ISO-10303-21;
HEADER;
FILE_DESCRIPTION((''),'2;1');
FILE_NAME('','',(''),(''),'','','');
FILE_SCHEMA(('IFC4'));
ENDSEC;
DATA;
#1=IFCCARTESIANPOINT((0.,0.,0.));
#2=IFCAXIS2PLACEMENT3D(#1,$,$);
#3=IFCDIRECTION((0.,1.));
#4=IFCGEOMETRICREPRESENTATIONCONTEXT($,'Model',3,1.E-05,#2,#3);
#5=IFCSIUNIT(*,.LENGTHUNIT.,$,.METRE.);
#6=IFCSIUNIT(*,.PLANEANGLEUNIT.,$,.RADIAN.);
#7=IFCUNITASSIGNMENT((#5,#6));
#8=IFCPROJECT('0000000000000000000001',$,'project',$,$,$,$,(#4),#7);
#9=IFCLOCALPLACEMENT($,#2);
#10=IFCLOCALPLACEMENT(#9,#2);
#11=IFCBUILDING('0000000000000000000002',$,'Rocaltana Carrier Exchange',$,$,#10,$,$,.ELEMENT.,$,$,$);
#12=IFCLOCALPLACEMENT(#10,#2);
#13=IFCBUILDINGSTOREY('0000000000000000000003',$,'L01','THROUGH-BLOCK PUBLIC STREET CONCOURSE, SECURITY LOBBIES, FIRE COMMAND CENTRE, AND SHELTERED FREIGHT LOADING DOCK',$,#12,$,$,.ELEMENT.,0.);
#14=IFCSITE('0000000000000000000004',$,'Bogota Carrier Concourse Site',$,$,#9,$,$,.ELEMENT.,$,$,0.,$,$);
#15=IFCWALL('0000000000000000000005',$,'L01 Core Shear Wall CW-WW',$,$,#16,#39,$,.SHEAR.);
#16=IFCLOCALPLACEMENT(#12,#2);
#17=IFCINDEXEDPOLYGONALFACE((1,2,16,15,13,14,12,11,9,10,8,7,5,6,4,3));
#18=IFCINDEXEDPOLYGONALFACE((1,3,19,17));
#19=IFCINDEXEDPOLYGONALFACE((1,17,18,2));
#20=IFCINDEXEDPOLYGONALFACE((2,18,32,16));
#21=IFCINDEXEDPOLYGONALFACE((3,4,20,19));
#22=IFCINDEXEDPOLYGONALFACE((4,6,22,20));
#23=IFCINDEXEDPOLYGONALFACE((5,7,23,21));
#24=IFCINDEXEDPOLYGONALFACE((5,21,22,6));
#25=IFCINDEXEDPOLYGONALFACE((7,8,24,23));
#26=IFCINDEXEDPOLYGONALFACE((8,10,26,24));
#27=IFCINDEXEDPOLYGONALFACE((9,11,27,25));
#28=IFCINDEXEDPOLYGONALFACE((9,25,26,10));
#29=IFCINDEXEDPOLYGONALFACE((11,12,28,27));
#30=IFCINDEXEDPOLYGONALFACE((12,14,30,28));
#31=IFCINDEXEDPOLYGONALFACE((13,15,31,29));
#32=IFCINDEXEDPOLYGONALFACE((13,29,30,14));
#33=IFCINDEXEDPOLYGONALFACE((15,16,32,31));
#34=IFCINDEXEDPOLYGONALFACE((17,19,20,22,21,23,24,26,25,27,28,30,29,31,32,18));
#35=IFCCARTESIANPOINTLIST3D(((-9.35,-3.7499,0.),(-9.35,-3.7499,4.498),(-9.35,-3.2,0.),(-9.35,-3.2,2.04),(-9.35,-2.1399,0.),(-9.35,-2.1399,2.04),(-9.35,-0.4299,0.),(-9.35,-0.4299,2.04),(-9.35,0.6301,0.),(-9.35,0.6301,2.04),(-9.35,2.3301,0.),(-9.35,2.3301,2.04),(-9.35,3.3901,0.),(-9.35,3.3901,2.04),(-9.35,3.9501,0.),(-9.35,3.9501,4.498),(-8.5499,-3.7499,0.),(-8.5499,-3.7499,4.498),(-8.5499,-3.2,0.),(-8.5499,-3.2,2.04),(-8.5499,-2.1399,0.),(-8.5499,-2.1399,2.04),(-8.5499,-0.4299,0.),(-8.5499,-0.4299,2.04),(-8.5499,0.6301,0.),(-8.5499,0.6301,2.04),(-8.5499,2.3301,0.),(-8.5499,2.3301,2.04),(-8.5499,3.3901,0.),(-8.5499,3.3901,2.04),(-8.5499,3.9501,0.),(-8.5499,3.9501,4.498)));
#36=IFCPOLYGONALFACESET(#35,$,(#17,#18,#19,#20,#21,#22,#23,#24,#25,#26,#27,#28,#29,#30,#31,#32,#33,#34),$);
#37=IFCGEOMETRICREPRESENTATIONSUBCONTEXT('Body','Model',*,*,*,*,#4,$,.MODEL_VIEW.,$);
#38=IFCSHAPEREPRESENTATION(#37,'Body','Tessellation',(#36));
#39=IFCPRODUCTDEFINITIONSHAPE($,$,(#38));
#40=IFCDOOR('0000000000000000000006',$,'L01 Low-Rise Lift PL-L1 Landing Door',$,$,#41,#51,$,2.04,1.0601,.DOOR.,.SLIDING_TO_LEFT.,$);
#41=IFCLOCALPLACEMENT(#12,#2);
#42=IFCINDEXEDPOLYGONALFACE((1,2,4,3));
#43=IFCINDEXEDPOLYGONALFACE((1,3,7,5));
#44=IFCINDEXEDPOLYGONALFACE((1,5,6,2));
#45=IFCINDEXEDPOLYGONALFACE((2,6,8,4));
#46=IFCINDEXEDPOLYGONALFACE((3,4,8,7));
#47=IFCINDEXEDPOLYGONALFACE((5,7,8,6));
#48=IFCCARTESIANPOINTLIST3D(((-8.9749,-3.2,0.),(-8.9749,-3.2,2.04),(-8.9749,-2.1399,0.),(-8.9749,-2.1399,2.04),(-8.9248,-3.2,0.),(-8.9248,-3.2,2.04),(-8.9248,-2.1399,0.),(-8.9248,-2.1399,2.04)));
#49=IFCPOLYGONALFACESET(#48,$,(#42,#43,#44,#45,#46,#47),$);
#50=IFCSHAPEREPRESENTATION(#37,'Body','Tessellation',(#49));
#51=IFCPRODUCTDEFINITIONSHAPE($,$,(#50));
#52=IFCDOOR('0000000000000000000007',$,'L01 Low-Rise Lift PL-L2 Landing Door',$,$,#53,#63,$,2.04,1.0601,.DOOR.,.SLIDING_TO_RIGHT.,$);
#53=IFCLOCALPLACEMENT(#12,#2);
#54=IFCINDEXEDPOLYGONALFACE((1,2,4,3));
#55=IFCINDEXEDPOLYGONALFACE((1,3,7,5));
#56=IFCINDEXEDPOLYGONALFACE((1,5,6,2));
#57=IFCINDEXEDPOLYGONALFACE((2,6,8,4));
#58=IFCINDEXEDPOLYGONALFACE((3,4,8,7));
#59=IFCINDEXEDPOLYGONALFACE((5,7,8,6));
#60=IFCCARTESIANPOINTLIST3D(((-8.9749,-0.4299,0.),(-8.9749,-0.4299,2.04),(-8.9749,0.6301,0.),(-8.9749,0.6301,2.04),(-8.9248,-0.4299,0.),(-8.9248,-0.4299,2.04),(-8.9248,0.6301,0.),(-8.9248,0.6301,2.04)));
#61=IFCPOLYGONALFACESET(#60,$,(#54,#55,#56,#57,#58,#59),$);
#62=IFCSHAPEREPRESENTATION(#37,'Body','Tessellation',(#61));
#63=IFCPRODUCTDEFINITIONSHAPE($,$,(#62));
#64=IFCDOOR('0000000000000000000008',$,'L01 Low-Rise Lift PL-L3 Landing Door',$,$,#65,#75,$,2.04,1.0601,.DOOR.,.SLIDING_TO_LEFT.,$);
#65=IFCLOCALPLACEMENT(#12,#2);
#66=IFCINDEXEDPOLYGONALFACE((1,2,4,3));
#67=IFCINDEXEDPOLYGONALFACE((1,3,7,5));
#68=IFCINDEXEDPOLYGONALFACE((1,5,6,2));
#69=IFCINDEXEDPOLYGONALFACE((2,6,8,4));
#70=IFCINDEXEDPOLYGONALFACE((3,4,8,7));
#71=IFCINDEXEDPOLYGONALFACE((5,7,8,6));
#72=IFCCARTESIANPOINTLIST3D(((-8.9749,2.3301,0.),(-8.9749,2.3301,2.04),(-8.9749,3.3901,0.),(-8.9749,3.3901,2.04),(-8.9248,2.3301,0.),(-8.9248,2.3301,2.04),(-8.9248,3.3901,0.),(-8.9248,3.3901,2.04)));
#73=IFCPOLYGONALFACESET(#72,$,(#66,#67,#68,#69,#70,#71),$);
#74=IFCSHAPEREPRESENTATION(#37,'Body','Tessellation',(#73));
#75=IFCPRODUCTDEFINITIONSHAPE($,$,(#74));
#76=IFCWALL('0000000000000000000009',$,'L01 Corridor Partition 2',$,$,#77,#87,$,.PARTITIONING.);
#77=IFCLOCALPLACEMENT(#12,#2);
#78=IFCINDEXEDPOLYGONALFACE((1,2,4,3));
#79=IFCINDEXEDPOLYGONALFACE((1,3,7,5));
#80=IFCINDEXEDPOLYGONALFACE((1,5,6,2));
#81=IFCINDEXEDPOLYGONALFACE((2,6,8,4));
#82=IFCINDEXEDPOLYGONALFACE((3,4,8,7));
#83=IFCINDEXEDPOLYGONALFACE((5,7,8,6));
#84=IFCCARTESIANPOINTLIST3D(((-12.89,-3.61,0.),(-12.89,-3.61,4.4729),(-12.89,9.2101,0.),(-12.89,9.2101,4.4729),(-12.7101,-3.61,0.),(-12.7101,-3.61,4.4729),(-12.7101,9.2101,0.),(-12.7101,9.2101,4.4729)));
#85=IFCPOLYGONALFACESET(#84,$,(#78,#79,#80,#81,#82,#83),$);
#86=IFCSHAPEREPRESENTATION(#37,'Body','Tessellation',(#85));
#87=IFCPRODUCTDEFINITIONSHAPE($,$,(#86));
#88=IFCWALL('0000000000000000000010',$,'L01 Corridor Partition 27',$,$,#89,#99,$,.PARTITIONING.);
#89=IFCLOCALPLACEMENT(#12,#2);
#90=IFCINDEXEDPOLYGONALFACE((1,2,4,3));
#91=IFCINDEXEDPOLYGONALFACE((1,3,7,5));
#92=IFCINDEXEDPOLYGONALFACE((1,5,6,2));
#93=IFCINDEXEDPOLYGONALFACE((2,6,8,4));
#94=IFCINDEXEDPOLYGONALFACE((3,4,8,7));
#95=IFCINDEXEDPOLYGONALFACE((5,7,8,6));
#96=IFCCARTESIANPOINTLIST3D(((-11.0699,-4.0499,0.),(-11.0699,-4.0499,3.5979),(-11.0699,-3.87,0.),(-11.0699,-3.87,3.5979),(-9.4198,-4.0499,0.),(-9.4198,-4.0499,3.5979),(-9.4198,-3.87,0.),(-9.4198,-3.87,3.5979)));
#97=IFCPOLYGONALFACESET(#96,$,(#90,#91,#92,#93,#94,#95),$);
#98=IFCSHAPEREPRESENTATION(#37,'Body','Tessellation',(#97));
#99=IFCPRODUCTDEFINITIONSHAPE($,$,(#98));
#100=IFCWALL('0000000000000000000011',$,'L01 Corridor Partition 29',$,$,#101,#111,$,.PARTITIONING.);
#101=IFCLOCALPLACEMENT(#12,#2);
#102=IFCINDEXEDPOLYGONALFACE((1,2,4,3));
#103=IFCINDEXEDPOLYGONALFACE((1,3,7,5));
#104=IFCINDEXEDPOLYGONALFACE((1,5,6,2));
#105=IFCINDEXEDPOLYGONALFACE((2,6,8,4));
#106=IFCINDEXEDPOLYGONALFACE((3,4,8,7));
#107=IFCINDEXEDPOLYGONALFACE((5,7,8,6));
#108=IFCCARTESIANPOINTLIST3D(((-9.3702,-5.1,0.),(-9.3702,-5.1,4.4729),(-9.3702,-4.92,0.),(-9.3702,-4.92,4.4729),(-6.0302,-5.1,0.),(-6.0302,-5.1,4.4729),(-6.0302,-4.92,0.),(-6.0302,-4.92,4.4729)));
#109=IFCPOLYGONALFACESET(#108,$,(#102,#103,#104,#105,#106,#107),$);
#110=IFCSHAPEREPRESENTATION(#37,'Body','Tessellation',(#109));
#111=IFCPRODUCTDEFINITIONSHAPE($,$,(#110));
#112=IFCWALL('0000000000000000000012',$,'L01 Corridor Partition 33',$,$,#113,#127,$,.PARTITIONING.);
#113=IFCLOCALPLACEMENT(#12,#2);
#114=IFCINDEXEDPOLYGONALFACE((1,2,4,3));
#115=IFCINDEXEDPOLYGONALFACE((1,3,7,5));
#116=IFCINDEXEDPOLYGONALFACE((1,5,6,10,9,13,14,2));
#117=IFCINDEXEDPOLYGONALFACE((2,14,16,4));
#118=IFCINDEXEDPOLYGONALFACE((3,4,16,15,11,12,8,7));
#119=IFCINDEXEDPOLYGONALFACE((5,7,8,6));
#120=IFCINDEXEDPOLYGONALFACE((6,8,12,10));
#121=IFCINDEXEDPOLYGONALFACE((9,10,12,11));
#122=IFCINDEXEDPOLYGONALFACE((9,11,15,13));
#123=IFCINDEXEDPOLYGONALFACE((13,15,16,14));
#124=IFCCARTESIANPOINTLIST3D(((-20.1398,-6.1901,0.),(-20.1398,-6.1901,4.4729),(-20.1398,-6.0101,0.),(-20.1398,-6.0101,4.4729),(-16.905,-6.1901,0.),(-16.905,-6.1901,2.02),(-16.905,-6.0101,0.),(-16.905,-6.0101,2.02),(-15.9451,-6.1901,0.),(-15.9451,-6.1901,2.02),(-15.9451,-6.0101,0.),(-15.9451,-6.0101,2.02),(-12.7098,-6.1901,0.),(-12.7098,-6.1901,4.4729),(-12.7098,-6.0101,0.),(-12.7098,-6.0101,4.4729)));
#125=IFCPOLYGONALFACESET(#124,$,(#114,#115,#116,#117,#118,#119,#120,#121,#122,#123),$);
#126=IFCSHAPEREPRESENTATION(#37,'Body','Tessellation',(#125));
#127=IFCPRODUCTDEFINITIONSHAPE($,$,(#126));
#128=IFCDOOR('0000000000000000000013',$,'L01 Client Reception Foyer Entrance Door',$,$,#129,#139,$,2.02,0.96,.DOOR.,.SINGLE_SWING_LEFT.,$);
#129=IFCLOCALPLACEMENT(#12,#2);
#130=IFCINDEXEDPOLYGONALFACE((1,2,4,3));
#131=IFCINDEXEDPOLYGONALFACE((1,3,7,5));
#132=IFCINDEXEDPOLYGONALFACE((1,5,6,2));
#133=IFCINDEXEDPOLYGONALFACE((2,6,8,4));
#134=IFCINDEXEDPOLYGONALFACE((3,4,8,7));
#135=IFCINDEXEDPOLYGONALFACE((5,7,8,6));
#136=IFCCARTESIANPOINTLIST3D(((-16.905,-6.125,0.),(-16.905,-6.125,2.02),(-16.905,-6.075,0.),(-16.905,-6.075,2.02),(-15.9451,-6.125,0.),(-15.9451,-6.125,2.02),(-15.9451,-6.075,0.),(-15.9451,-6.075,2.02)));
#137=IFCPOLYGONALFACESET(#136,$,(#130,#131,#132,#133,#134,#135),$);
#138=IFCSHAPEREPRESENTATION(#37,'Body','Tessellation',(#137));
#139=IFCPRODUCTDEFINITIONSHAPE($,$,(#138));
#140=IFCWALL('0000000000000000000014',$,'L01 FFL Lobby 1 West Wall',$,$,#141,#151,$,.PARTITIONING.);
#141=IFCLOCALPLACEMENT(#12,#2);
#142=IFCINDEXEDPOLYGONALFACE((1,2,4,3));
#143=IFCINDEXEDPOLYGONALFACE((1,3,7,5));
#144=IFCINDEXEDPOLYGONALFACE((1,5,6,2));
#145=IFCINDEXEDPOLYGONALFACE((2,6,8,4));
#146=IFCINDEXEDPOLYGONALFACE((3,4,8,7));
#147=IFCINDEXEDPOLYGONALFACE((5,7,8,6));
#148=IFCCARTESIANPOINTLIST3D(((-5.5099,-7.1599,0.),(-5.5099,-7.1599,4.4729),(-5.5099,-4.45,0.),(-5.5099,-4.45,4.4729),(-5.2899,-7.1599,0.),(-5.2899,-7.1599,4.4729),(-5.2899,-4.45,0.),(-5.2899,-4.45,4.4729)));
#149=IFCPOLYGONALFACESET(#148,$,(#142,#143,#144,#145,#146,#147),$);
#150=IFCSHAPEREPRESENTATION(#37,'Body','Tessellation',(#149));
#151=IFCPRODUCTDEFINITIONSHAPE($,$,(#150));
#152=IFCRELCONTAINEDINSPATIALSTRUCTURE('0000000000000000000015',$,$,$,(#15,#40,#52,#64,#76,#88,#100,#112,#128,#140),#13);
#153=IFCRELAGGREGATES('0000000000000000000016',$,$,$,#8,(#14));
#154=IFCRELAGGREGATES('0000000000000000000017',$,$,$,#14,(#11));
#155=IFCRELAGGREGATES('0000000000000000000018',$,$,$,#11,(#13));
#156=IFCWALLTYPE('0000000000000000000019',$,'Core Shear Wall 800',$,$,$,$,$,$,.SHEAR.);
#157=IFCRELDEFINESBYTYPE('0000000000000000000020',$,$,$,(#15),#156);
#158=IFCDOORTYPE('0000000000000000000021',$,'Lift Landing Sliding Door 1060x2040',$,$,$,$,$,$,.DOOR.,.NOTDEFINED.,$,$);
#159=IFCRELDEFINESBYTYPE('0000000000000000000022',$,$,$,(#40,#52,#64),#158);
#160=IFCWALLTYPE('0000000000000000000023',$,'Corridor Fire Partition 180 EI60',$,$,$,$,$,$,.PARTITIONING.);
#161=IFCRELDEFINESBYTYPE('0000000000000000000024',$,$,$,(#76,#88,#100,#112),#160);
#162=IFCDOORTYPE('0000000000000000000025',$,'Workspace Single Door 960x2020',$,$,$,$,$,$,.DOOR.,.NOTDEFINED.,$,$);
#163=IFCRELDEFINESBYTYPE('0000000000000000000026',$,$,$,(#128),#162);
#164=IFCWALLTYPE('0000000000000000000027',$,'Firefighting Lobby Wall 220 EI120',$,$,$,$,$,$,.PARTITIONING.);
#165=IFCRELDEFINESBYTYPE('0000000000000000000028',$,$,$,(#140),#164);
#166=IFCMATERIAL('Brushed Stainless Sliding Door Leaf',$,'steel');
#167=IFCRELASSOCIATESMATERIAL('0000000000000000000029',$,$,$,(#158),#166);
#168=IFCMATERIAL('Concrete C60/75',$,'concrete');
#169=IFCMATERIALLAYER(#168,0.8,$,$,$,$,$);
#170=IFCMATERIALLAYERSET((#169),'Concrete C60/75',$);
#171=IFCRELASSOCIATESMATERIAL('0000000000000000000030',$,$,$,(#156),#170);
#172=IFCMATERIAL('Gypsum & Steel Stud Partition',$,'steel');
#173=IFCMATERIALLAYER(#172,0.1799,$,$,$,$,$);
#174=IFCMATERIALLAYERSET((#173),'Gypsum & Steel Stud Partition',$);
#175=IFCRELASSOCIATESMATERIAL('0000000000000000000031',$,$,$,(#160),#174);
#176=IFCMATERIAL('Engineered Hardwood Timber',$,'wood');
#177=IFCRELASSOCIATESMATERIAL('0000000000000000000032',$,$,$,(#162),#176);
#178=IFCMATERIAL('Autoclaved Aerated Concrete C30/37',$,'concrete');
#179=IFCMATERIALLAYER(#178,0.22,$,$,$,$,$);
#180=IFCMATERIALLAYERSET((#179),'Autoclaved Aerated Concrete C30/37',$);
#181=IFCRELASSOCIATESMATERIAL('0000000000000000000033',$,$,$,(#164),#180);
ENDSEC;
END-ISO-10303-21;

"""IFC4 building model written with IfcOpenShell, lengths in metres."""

from ifc_helpers import new_model, si_unit, direction, frame, frame_2d, origin, place, context, subcontext, project, spatial, rectangle, extrude, material, layer, layer_set, type_object, element, fill, save


model = new_model("IFC4")

# Units and contexts
model_context = context("Model", 3, precision=1e-05, world=origin(), true_north=direction((0.0, 1.0)))
body_context = subcontext(model_context, "Body", "Model", "MODEL_VIEW")
ifc_project = project(units=[si_unit("LENGTHUNIT", "METRE"), si_unit("PLANEANGLEUNIT", "RADIAN")], contexts=[model_context])

# Site, building, storey
site_placement = place(None, origin())
site = spatial("IfcSite", under=ifc_project, at=site_placement, Name="Bogota Carrier Concourse Site", CompositionType="ELEMENT", RefElevation=0.0)
building_placement = place(site_placement, origin())
building = spatial("IfcBuilding", under=site, at=building_placement, Name="Rocaltana Carrier Exchange", CompositionType="ELEMENT")
storey_placement = place(building_placement, origin())
storey = spatial("IfcBuildingStorey", under=building, at=storey_placement, Name="L01", Description="THROUGH-BLOCK PUBLIC STREET CONCOURSE, SECURITY LOBBIES, FIRE COMMAND CENTRE, AND SHELTERED FREIGHT LOADING DOCK", CompositionType="ELEMENT", Elevation=0.0)

# Shared definitions
ifc_material_1 = material(Name="Brushed Stainless Sliding Door Leaf", Category="steel")
door_type_1 = type_object("IfcDoorType", Name="Lift Landing Sliding Door 1060x2040", OperationType="NOTDEFINED", PredefinedType="DOOR", material=ifc_material_1)

# Shared definitions
ifc_material_2 = material(Name="Concrete C60/75", Category="concrete")
ifc_layer_1 = layer(ifc_material_2, 0.8)
ifc_layer_set_1 = layer_set([ifc_layer_1], Name="Concrete C60/75")
wall_type_1 = type_object("IfcWallType", Name="Core Shear Wall 800", PredefinedType="SHEAR", material=ifc_layer_set_1)

# Wall, openings, doors
wall_1_placement = place(storey_placement, frame((-8.95, -3.75, 0.0), z_axis=(0.0, 0.0, 1.0), x_axis=(0.0, 1.0, 0.0)))
wall_1 = element("IfcWall", 1, at=wall_1_placement, inside=storey, type_object=wall_type_1, Name="L01 Core Shear Wall CW-WW", PredefinedType="SHEAR", context=body_context, shape_type="SweptSolid", body=[
    extrude(rectangle(XDim=7.7, YDim=0.8, at=frame_2d((3.8501, 0.0))), origin(), (0.0, 0.0, 1.0), 4.498),
])
opening_1_placement = place(wall_1_placement, frame((0.55, 0.0, 0.0)))
opening_1 = element("IfcOpeningElement", 2, at=opening_1_placement, cuts=wall_1, PredefinedType="OPENING", context=body_context, shape_type="SweptSolid", body=[
    extrude(rectangle(XDim=1.0601, YDim=2.04, at=frame_2d((0.53, 1.02))), frame((0.0, 0.4099, 0.0), z_axis=(0.0, -1.0, 0.0), x_axis=(1.0, 0.0, 0.0)), (0.0, 0.0, 1.0), 0.8201),
])
opening_2_placement = place(wall_1_placement, frame((3.3201, 0.0, 0.0)))
opening_2 = element("IfcOpeningElement", 3, at=opening_2_placement, cuts=wall_1, PredefinedType="OPENING", context=body_context, shape_type="SweptSolid", body=[
    extrude(rectangle(XDim=1.0601, YDim=2.04, at=frame_2d((0.53, 1.02))), frame((0.0, 0.4099, 0.0), z_axis=(0.0, -1.0, 0.0), x_axis=(1.0, 0.0, 0.0)), (0.0, 0.0, 1.0), 0.8201),
])
opening_3_placement = place(wall_1_placement, frame((6.0801, 0.0, 0.0)))
opening_3 = element("IfcOpeningElement", 4, at=opening_3_placement, cuts=wall_1, PredefinedType="OPENING", context=body_context, shape_type="SweptSolid", body=[
    extrude(rectangle(XDim=1.0601, YDim=2.04, at=frame_2d((0.53, 1.02))), frame((0.0, 0.4099, 0.0), z_axis=(0.0, -1.0, 0.0), x_axis=(1.0, 0.0, 0.0)), (0.0, 0.0, 1.0), 0.8201),
])
door_1_placement = place(opening_1_placement, origin())
door_1 = element("IfcDoor", 5, at=door_1_placement, inside=storey, type_object=door_type_1, Name="L01 Low-Rise Lift PL-L1 Landing Door", OperationType="SLIDING_TO_LEFT", OverallHeight=2.04, OverallWidth=1.0601, PredefinedType="DOOR", context=body_context, shape_type="SweptSolid", body=[
    extrude(rectangle(XDim=1.0601, YDim=2.04, at=frame_2d((0.53, 1.02))), frame((0.0, 0.0249, 0.0), z_axis=(0.0, -1.0, 0.0), x_axis=(1.0, 0.0, 0.0)), (0.0, 0.0, 1.0), 0.05),
])
fill(opening_1, door_1)
door_2_placement = place(opening_2_placement, origin())
door_2 = element("IfcDoor", 6, at=door_2_placement, inside=storey, type_object=door_type_1, Name="L01 Low-Rise Lift PL-L2 Landing Door", OperationType="SLIDING_TO_RIGHT", OverallHeight=2.04, OverallWidth=1.0601, PredefinedType="DOOR", context=body_context, shape_type="SweptSolid", body=[
    extrude(rectangle(XDim=1.0601, YDim=2.04, at=frame_2d((0.53, 1.02))), frame((0.0, 0.0249, 0.0), z_axis=(0.0, -1.0, 0.0), x_axis=(1.0, 0.0, 0.0)), (0.0, 0.0, 1.0), 0.05),
])
fill(opening_2, door_2)
door_3_placement = place(opening_3_placement, origin())
door_3 = element("IfcDoor", 7, at=door_3_placement, inside=storey, type_object=door_type_1, Name="L01 Low-Rise Lift PL-L3 Landing Door", OperationType="SLIDING_TO_LEFT", OverallHeight=2.04, OverallWidth=1.0601, PredefinedType="DOOR", context=body_context, shape_type="SweptSolid", body=[
    extrude(rectangle(XDim=1.0601, YDim=2.04, at=frame_2d((0.53, 1.02))), frame((0.0, 0.0249, 0.0), z_axis=(0.0, -1.0, 0.0), x_axis=(1.0, 0.0, 0.0)), (0.0, 0.0, 1.0), 0.05),
])
fill(opening_3, door_3)

# Walls
ifc_material_3 = material(Name="Gypsum & Steel Stud Partition", Category="steel")
ifc_layer_2 = layer(ifc_material_3, 0.1799)
ifc_layer_set_2 = layer_set([ifc_layer_2], Name="Gypsum & Steel Stud Partition")
wall_type_2 = type_object("IfcWallType", Name="Corridor Fire Partition 180 EI60", PredefinedType="PARTITIONING", material=ifc_layer_set_2)
wall_2_placement = place(storey_placement, frame((-12.8, -3.6101, 0.0), z_axis=(0.0, 0.0, 1.0), x_axis=(0.0, 1.0, 0.0)))
element("IfcWall", 8, at=wall_2_placement, inside=storey, type_object=wall_type_2, Name="L01 Corridor Partition 2", PredefinedType="PARTITIONING", context=body_context, shape_type="SweptSolid", body=[
    extrude(rectangle(XDim=12.8201, YDim=0.1799, at=frame_2d((6.4102, 0.0))), origin(), (0.0, 0.0, 1.0), 4.4729),
])
wall_3_placement = place(storey_placement, frame((-11.0701, -3.96, 0.0), z_axis=(0.0, 0.0, 1.0), x_axis=(1.0, 0.0, 0.0)))
element("IfcWall", 9, at=wall_3_placement, inside=storey, type_object=wall_type_2, Name="L01 Corridor Partition 27", PredefinedType="PARTITIONING", context=body_context, shape_type="SweptSolid", body=[
    extrude(rectangle(XDim=1.6501, YDim=0.1799, at=frame_2d((0.8252, 0.0))), origin(), (0.0, 0.0, 1.0), 3.5979),
])
wall_4_placement = place(storey_placement, frame((-9.3701, -5.01, 0.0), z_axis=(0.0, 0.0, 1.0), x_axis=(1.0, 0.0, 0.0)))
element("IfcWall", 10, at=wall_4_placement, inside=storey, type_object=wall_type_2, Name="L01 Corridor Partition 29", PredefinedType="PARTITIONING", context=body_context, shape_type="SweptSolid", body=[
    extrude(rectangle(XDim=3.3401, YDim=0.1799, at=frame_2d((1.6699, 0.0))), origin(), (0.0, 0.0, 1.0), 4.4729),
])

# Wall, opening, door
wall_5_placement = place(storey_placement, frame((-12.71, -6.1001, 0.0), z_axis=(0.0, 0.0, 1.0), x_axis=(-1.0, 0.0, 0.0)))
wall_5 = element("IfcWall", 11, at=wall_5_placement, inside=storey, type_object=wall_type_2, Name="L01 Corridor Partition 33", PredefinedType="PARTITIONING", context=body_context, shape_type="SweptSolid", body=[
    extrude(rectangle(XDim=7.4299, YDim=0.1799, at=frame_2d((3.7148, 0.0))), origin(), (0.0, 0.0, 1.0), 4.4729),
])
opening_4_placement = place(wall_5_placement, frame((3.2351, 0.0, 0.0)))
opening_4 = element("IfcOpeningElement", 12, at=opening_4_placement, cuts=wall_5, PredefinedType="OPENING", context=body_context, shape_type="SweptSolid", body=[
    extrude(rectangle(XDim=0.96, YDim=2.02, at=frame_2d((0.48, 1.01))), frame((0.0, 0.0999, 0.0), z_axis=(0.0, -1.0, 0.0), x_axis=(1.0, 0.0, 0.0)), (0.0, 0.0, 1.0), 0.2),
])
ifc_material_4 = material(Name="Engineered Hardwood Timber", Category="wood")
door_type_2 = type_object("IfcDoorType", Name="Workspace Single Door 960x2020", OperationType="NOTDEFINED", PredefinedType="DOOR", material=ifc_material_4)
door_4_placement = place(opening_4_placement, origin())
door_4 = element("IfcDoor", 13, at=door_4_placement, inside=storey, type_object=door_type_2, Name="L01 Client Reception Foyer Entrance Door", OperationType="SINGLE_SWING_LEFT", OverallHeight=2.02, OverallWidth=0.96, PredefinedType="DOOR", context=body_context, shape_type="SweptSolid", body=[
    extrude(rectangle(XDim=0.96, YDim=2.02, at=frame_2d((0.48, 1.01))), frame((0.0, 0.0249, 0.0), z_axis=(0.0, -1.0, 0.0), x_axis=(1.0, 0.0, 0.0)), (0.0, 0.0, 1.0), 0.05),
])
fill(opening_4, door_4)

# Wall
ifc_material_5 = material(Name="Autoclaved Aerated Concrete C30/37", Category="concrete")
ifc_layer_3 = layer(ifc_material_5, 0.22)
ifc_layer_set_3 = layer_set([ifc_layer_3], Name="Autoclaved Aerated Concrete C30/37")
wall_type_3 = type_object("IfcWallType", Name="Firefighting Lobby Wall 220 EI120", PredefinedType="PARTITIONING", material=ifc_layer_set_3)
wall_6_placement = place(storey_placement, frame((-5.3999, -7.1599, 0.0), z_axis=(0.0, 0.0, 1.0), x_axis=(0.0, 1.0, 0.0)))
element("IfcWall", 14, at=wall_6_placement, inside=storey, type_object=wall_type_3, Name="L01 FFL Lobby 1 West Wall", PredefinedType="PARTITIONING", context=body_context, shape_type="SweptSolid", body=[
    extrude(rectangle(XDim=2.71, YDim=0.22, at=frame_2d((1.355, 0.0))), origin(), (0.0, 0.0, 1.0), 4.4729),
])

save(model, "model.ifc")
